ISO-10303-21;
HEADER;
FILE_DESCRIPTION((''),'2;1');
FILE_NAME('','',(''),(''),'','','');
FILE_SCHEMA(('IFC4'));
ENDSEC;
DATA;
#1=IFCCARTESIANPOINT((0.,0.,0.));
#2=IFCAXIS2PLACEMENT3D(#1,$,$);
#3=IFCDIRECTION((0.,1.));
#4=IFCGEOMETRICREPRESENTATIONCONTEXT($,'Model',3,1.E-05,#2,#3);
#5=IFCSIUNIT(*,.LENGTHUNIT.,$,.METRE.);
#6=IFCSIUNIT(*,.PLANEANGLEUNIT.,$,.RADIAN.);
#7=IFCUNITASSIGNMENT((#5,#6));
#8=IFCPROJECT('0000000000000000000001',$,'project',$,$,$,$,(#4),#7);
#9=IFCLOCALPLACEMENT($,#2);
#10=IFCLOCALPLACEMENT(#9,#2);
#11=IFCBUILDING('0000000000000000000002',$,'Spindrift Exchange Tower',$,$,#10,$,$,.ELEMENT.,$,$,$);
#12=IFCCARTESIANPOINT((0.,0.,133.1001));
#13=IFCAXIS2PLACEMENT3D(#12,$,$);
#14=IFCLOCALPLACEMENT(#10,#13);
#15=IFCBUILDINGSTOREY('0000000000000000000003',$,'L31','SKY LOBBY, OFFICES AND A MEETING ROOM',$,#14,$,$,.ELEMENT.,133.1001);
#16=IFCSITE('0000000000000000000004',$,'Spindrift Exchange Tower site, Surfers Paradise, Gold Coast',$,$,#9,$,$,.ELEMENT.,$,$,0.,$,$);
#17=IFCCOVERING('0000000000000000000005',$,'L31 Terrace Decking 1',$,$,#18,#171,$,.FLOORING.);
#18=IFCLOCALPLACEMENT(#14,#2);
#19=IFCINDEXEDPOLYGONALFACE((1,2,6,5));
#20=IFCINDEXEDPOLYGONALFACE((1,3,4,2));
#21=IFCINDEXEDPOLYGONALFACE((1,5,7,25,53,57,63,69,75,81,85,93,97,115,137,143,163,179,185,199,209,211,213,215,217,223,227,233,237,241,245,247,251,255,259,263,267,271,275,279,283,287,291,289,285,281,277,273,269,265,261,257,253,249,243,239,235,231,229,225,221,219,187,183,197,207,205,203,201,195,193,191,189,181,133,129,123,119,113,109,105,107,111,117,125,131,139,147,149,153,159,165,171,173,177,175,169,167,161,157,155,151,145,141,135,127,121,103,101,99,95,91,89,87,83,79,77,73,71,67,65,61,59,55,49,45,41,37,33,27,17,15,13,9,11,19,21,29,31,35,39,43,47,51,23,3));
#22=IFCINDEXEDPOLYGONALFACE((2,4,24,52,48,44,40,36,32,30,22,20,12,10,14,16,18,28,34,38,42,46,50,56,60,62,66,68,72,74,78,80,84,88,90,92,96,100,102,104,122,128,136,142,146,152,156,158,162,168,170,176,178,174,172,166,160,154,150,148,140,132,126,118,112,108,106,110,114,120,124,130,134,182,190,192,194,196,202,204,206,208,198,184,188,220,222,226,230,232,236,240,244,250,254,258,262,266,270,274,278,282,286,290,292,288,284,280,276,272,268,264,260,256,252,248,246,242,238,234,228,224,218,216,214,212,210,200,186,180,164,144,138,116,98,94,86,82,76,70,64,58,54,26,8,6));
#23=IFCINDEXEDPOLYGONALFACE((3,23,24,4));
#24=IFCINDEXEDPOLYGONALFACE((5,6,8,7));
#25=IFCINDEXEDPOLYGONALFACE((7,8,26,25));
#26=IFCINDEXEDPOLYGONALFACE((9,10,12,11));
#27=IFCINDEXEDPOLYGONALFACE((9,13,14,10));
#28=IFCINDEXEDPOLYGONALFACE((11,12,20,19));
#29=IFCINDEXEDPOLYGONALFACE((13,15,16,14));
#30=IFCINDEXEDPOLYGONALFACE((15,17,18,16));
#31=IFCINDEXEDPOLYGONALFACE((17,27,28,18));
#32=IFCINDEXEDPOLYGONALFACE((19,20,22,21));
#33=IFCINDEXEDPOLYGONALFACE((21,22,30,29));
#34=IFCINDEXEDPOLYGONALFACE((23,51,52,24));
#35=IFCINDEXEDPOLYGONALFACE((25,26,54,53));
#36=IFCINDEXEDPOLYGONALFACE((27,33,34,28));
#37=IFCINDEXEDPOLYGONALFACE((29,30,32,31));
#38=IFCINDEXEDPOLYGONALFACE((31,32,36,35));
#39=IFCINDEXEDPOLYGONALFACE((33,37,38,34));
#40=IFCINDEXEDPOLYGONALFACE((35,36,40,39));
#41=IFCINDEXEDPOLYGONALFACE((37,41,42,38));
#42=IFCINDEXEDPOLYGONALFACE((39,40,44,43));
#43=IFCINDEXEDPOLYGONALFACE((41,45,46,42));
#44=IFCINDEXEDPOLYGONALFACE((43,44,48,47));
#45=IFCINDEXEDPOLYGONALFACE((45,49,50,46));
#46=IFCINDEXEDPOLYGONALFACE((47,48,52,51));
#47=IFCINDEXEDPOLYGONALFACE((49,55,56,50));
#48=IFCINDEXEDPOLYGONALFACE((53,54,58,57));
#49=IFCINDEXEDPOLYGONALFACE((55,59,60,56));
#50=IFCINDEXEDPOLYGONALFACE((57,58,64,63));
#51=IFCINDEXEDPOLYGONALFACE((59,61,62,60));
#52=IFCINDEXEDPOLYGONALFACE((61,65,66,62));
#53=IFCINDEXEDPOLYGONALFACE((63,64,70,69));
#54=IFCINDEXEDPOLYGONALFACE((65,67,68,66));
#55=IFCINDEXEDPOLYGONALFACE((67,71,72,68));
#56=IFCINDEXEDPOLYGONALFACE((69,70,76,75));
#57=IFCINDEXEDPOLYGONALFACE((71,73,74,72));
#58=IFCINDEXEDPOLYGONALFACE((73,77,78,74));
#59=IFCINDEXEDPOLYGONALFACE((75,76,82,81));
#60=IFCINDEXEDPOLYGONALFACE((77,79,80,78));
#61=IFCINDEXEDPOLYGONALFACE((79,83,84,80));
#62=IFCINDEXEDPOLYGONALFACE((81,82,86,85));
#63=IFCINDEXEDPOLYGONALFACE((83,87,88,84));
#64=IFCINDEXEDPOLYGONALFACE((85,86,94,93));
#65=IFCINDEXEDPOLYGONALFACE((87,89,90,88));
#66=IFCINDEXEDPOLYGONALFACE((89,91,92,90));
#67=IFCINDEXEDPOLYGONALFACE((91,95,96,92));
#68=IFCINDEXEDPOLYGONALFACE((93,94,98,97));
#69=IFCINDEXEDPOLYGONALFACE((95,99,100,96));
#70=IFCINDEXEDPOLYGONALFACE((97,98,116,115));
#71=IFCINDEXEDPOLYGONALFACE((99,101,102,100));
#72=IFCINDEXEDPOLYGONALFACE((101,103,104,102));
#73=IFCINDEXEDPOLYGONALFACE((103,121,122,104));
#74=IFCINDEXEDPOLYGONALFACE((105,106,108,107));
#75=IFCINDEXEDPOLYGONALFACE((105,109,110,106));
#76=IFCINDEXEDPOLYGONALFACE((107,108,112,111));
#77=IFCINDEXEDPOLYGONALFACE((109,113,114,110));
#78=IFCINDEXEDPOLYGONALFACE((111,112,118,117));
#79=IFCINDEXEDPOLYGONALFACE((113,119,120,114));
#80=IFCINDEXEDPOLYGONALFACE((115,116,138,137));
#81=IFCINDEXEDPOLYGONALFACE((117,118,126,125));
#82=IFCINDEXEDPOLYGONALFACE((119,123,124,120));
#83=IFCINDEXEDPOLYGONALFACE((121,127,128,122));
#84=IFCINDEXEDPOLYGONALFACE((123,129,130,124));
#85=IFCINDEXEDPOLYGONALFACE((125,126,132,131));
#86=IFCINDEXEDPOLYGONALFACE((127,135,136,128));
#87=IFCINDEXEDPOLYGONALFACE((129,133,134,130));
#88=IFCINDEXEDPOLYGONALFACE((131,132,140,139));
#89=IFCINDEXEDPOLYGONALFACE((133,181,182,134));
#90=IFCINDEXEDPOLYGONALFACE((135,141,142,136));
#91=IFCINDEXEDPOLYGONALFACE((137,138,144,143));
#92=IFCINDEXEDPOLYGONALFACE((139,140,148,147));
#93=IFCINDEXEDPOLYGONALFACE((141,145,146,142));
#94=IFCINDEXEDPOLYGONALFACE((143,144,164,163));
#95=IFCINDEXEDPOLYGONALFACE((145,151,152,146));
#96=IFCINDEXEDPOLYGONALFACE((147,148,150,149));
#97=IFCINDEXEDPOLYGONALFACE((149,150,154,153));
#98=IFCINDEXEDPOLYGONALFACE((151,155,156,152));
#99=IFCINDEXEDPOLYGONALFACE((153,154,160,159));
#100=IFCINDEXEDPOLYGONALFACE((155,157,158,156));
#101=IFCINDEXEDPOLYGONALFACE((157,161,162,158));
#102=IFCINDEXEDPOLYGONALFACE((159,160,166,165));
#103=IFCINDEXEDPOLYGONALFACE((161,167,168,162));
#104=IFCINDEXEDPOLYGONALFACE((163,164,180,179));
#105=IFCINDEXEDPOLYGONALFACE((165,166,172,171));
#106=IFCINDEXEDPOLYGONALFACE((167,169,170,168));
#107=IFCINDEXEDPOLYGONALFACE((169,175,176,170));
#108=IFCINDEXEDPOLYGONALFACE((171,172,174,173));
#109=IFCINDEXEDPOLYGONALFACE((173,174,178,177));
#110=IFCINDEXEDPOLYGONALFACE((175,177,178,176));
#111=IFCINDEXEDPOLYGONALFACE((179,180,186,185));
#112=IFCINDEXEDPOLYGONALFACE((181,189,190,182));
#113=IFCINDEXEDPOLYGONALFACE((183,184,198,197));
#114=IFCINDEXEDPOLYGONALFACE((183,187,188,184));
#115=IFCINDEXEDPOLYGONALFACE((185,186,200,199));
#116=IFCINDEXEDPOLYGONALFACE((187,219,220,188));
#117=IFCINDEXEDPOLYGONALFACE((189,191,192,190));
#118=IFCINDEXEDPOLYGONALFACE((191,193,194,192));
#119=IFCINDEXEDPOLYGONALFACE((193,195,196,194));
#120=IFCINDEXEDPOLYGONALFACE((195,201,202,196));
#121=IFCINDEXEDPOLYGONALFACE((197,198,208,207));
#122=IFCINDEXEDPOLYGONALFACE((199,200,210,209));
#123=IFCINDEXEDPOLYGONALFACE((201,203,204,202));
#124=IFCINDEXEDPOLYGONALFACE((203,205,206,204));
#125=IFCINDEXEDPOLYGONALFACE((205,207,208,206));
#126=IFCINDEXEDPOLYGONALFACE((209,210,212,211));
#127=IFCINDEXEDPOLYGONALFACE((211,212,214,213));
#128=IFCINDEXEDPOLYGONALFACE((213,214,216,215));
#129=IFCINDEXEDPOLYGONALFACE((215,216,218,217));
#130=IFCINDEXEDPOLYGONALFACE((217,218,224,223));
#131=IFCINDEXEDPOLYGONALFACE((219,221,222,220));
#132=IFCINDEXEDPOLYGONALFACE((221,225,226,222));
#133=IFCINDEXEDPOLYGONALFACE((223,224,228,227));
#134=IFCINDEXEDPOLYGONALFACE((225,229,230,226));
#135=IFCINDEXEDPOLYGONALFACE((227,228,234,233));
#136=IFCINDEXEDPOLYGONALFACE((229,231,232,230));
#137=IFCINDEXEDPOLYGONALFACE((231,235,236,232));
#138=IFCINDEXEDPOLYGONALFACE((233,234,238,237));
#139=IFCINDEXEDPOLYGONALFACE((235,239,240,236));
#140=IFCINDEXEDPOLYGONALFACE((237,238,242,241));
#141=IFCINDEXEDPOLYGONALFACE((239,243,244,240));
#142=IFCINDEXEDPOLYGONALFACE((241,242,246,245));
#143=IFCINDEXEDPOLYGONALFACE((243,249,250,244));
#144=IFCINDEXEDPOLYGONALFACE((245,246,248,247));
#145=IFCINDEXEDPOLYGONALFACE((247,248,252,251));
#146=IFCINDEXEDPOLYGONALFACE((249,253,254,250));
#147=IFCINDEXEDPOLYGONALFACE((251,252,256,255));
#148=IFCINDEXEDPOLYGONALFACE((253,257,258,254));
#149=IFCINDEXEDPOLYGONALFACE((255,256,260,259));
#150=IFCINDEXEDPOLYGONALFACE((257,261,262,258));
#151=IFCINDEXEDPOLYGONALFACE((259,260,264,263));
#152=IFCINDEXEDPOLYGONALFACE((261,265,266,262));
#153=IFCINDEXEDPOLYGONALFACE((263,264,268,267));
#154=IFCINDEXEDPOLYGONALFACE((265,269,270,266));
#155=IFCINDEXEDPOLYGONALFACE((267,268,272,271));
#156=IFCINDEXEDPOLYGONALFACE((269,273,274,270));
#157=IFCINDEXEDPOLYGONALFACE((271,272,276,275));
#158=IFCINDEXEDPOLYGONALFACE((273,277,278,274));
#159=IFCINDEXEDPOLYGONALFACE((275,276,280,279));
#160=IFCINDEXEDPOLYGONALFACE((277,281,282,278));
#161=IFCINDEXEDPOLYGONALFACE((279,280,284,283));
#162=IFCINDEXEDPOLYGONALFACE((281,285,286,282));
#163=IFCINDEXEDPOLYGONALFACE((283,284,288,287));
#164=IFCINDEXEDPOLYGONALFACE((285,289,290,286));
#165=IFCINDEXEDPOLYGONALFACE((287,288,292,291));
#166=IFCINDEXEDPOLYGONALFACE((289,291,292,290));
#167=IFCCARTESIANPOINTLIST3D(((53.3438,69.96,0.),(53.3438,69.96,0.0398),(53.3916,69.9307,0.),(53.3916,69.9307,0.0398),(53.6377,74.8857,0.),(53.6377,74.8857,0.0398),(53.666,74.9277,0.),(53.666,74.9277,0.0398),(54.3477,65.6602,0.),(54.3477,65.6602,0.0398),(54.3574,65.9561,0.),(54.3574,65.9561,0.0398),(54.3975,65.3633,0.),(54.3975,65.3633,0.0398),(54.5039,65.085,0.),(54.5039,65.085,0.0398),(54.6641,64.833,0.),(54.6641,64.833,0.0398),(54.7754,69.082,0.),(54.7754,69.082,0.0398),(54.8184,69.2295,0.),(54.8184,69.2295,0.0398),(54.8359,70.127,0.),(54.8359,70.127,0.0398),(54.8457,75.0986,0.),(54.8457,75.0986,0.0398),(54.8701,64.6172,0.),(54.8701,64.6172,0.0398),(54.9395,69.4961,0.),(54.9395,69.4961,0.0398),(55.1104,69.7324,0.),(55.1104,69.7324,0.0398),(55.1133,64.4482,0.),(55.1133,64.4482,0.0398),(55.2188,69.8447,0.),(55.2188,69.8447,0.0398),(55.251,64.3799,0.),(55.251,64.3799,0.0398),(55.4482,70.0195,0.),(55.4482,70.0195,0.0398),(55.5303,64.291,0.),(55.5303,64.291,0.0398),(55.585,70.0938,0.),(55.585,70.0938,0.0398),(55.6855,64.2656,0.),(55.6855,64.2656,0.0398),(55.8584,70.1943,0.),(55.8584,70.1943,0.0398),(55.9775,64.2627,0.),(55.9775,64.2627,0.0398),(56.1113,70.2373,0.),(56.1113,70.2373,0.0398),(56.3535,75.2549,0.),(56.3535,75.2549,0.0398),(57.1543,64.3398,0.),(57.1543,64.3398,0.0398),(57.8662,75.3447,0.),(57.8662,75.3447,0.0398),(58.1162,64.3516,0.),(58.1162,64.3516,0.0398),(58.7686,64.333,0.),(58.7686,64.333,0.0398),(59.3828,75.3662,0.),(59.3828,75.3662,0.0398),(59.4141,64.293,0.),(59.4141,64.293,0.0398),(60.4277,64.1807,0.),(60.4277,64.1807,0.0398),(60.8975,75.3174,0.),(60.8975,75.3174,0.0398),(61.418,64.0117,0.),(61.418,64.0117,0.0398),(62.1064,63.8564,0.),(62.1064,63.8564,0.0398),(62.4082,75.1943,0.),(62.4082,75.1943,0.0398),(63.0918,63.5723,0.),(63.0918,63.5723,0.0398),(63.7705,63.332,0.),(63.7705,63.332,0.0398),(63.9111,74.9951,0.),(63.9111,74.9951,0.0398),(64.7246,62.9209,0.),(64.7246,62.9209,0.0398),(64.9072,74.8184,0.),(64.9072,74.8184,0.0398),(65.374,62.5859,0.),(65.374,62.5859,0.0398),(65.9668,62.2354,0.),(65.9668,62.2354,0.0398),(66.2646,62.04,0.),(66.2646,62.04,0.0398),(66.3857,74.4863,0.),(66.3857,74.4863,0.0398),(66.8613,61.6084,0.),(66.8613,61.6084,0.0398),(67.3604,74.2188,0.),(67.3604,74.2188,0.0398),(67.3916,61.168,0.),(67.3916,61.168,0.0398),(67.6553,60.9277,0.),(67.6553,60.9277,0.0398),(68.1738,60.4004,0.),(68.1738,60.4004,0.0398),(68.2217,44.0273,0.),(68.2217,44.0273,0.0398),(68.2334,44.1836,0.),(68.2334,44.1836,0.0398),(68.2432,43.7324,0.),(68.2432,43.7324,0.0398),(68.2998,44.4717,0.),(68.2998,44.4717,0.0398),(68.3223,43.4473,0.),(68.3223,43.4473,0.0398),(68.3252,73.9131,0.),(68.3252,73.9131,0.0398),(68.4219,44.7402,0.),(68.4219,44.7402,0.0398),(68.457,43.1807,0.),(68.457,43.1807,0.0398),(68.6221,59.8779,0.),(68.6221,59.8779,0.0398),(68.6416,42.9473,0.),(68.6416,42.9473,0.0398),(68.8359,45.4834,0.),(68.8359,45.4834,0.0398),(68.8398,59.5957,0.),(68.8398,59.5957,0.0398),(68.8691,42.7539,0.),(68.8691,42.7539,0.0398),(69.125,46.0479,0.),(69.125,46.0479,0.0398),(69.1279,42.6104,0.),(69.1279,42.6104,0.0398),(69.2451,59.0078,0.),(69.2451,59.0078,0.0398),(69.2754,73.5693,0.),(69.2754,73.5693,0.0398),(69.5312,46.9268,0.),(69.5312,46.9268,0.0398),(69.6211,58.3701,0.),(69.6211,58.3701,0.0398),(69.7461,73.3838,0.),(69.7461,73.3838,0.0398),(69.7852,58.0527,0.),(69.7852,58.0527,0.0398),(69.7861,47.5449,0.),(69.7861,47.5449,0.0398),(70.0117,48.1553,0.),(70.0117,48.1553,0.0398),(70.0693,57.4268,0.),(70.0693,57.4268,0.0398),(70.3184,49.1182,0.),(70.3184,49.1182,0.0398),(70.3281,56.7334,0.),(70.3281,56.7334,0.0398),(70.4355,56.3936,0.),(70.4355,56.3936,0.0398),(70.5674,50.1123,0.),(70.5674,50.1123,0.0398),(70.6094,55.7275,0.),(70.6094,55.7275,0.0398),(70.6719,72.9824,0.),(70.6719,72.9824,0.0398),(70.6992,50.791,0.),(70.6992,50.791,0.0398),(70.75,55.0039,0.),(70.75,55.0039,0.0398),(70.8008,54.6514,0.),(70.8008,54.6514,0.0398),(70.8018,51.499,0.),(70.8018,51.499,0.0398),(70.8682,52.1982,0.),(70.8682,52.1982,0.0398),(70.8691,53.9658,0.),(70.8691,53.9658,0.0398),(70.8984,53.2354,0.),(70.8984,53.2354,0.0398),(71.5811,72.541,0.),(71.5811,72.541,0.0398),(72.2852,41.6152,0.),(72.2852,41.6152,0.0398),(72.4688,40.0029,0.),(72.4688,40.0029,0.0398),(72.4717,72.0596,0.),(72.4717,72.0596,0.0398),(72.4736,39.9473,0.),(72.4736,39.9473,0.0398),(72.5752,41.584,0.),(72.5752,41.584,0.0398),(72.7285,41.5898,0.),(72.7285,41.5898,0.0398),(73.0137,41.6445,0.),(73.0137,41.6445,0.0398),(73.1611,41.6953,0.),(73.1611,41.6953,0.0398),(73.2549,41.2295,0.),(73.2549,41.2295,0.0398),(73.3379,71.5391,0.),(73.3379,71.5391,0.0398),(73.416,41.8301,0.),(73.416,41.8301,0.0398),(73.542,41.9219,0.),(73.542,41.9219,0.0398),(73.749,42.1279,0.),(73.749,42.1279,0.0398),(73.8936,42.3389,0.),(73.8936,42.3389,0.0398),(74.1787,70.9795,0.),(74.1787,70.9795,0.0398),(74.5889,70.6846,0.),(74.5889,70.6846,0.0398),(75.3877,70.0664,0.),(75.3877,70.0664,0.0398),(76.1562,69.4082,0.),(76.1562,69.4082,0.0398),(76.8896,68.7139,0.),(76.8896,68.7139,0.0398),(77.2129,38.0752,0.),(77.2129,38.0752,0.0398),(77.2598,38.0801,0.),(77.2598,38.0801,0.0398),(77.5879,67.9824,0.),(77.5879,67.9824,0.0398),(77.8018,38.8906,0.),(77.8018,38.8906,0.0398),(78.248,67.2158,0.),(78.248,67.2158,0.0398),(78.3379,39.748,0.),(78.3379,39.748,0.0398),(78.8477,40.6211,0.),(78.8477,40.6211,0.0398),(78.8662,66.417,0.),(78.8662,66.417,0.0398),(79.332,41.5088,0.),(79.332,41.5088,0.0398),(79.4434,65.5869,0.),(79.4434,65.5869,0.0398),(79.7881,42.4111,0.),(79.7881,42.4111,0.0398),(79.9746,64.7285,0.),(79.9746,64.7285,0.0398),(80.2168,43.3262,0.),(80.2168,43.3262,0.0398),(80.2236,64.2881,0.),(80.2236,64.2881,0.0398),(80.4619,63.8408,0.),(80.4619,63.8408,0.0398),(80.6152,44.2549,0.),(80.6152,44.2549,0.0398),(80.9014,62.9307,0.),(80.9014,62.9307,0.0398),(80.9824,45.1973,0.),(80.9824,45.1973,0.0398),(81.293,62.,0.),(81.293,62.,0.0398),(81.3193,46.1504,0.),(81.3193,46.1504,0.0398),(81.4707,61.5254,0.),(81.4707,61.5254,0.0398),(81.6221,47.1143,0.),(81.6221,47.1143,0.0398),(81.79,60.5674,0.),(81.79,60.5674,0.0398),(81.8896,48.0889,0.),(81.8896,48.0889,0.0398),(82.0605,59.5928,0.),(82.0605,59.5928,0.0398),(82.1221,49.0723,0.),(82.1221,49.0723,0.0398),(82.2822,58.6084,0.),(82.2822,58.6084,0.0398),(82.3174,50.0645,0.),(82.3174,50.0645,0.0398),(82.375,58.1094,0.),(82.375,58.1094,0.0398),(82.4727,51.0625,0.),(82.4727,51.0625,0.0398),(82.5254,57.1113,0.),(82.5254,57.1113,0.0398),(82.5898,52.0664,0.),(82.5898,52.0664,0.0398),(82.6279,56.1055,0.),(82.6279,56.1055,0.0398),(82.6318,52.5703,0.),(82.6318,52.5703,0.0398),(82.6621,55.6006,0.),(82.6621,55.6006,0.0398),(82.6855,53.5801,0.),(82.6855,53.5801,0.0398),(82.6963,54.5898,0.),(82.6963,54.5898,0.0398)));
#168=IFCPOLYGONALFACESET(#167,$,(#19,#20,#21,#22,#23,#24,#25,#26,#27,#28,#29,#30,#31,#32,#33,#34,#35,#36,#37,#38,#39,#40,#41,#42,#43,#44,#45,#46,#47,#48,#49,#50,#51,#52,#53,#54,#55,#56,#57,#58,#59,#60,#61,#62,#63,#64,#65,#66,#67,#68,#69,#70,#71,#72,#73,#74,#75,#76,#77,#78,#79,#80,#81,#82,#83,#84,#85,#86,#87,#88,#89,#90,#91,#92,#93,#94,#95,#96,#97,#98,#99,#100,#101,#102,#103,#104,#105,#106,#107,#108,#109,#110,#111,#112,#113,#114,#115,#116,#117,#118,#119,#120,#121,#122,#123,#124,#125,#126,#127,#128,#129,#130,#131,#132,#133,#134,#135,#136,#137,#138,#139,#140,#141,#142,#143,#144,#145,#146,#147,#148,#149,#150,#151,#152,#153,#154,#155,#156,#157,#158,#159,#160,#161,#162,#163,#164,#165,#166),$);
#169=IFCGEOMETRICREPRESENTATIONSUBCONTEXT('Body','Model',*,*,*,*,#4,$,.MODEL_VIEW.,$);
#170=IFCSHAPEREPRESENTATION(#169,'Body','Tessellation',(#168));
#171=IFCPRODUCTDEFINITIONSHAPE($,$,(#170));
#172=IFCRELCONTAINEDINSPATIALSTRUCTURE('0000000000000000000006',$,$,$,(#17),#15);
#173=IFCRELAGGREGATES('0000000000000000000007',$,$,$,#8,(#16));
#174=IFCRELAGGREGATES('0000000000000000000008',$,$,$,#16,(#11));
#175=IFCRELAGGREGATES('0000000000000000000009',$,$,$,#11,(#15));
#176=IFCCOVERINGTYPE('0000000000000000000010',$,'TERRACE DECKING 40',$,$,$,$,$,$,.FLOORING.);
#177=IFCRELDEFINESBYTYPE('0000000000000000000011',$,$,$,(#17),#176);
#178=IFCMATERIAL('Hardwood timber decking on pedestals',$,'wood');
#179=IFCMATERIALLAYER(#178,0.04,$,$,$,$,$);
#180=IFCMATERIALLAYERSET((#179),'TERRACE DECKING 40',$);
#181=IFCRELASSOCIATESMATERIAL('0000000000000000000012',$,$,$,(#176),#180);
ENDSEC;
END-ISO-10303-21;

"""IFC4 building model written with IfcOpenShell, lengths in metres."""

from ifc_helpers import new_model, si_unit, direction, frame, origin, place, context, subcontext, project, spatial, line, indexed_curve, outline, extrude, material, layer, layer_set, type_object, element, save


model = new_model("IFC4")

# Units and contexts
model_context = context("Model", 3, precision=1e-05, world=origin(), true_north=direction((0.0, 1.0)))
body_context = subcontext(model_context, "Body", "Model", "MODEL_VIEW")
ifc_project = project(units=[si_unit("LENGTHUNIT", "METRE"), si_unit("PLANEANGLEUNIT", "RADIAN")], contexts=[model_context])

# Site, building, storey
site_placement = place(None, origin())
site = spatial("IfcSite", under=ifc_project, at=site_placement, Name="Spindrift Exchange Tower site, Surfers Paradise, Gold Coast", CompositionType="ELEMENT", RefElevation=0.0)
building_placement = place(site_placement, origin())
building = spatial("IfcBuilding", under=site, at=building_placement, Name="Spindrift Exchange Tower", CompositionType="ELEMENT")
storey_placement = place(building_placement, frame((0.0, 0.0, 133.1001)))
storey = spatial("IfcBuildingStorey", under=building, at=storey_placement, Name="L31", Description="SKY LOBBY, OFFICES AND A MEETING ROOM", CompositionType="ELEMENT", Elevation=133.1001)

# Covering
ifc_material_1 = material(Name="Hardwood timber decking on pedestals", Category="wood")
ifc_layer_1 = layer(ifc_material_1, 0.04)
ifc_layer_set_1 = layer_set([ifc_layer_1], Name="TERRACE DECKING 40")
covering_type_1 = type_object("IfcCoveringType", Name="TERRACE DECKING 40", PredefinedType="FLOORING", material=ifc_layer_set_1)
covering_1_placement = place(storey_placement, origin())
element("IfcCovering", 1, at=covering_1_placement, inside=storey, type_object=covering_type_1, Name="L31 Terrace Decking 1", PredefinedType="FLOORING", context=body_context, shape_type="SweptSolid", body=[
    extrude(outline(indexed_curve([(56.1113, 70.2373), (54.8359, 70.127), (53.3916, 69.9307), (53.3438, 69.96), (53.6377, 74.8857), (53.666, 74.9277), (54.8457, 75.0986), (56.3535, 75.2549), (57.8662, 75.3447), (59.3828, 75.3662), (60.8975, 75.3174), (62.4082, 75.1943), (63.9111, 74.9951), (64.9072, 74.8184), (66.3857, 74.4863), (67.3604, 74.2188), (68.3252, 73.9131), (69.2754, 73.5693), (69.7461, 73.3838), (70.6719, 72.9824), (71.5811, 72.541), (72.4717, 72.0596), (73.3379, 71.5391), (74.1787, 70.9795), (74.5889, 70.6846), (75.3877, 70.0664), (76.1562, 69.4082), (76.8896, 68.7139), (77.5879, 67.9824), (78.248, 67.2158), (78.8662, 66.417), (79.4434, 65.5869), (79.9746, 64.7285), (80.2236, 64.2881), (80.4619, 63.8408), (80.9014, 62.9307), (81.293, 62.0), (81.4707, 61.5254), (81.79, 60.5674), (82.0605, 59.5928), (82.2822, 58.6084), (82.375, 58.1094), (82.5254, 57.1113), (82.6279, 56.1055), (82.6621, 55.6006), (82.6963, 54.5898), (82.6855, 53.5801), (82.6318, 52.5703), (82.5898, 52.0664), (82.4727, 51.0625), (82.3174, 50.0645), (82.1221, 49.0723), (81.8896, 48.0889), (81.6221, 47.1143), (81.3193, 46.1504), (80.9824, 45.1973), (80.6152, 44.2549), (80.2168, 43.3262), (79.7881, 42.4111), (79.332, 41.5088), (78.8477, 40.6211), (78.3379, 39.748), (77.8018, 38.8906), (77.2598, 38.0801), (77.2129, 38.0752), (72.4736, 39.9473), (72.4688, 40.0029), (73.2549, 41.2295), (73.8936, 42.3389), (73.749, 42.1279), (73.542, 41.9219), (73.416, 41.8301), (73.1611, 41.6953), (73.0137, 41.6445), (72.7285, 41.5898), (72.5752, 41.584), (72.2852, 41.6152), (69.1279, 42.6104), (68.8691, 42.7539), (68.6416, 42.9473), (68.457, 43.1807), (68.3223, 43.4473), (68.2432, 43.7324), (68.2217, 44.0273), (68.2334, 44.1836), (68.2998, 44.4717), (68.4219, 44.7402), (68.8359, 45.4834), (69.125, 46.0479), (69.5312, 46.9268), (69.7861, 47.5449), (70.0117, 48.1553), (70.3184, 49.1182), (70.5674, 50.1123), (70.6992, 50.791), (70.8018, 51.499), (70.8682, 52.1982), (70.8984, 53.2354), (70.8691, 53.9658), (70.8008, 54.6514), (70.75, 55.0039), (70.6094, 55.7275), (70.4355, 56.3936), (70.3281, 56.7334), (70.0693, 57.4268), (69.7852, 58.0527), (69.6211, 58.3701), (69.2451, 59.0078), (68.8398, 59.5957), (68.6221, 59.8779), (68.1738, 60.4004), (67.6553, 60.9277), (67.3916, 61.168), (66.8613, 61.6084), (66.2646, 62.04), (65.9668, 62.2354), (65.374, 62.5859), (64.7246, 62.9209), (63.7705, 63.332), (63.0918, 63.5723), (62.1064, 63.8564), (61.418, 64.0117), (60.4277, 64.1807), (59.4141, 64.293), (58.7686, 64.333), (58.1162, 64.3516), (57.1543, 64.3398), (55.9775, 64.2627), (55.6855, 64.2656), (55.5303, 64.291), (55.251, 64.3799), (55.1133, 64.4482), (54.8701, 64.6172), (54.6641, 64.833), (54.5039, 65.085), (54.3975, 65.3633), (54.3477, 65.6602), (54.3574, 65.9561), (54.7754, 69.082), (54.8184, 69.2295), (54.9395, 69.4961), (55.1104, 69.7324), (55.2188, 69.8447), (55.4482, 70.0195), (55.585, 70.0938), (55.8584, 70.1943)], segments=[line(1, 2, 3, 4, 5, 6, 7, 8, 9, 10, 11, 12, 13, 14, 15, 16, 17, 18, 19, 20, 21, 22, 23, 24, 25, 26, 27, 28, 29, 30, 31, 32, 33, 34, 35, 36, 37, 38, 39, 40, 41, 42, 43, 44, 45, 46, 47, 48, 49, 50, 51, 52, 53, 54, 55, 56, 57, 58, 59, 60, 61, 62, 63, 64, 65, 66, 67, 68, 69, 70, 71, 72, 73, 74, 75, 76, 77, 78, 79, 80, 81, 82, 83, 84, 85, 86, 87, 88, 89, 90, 91, 92, 93, 94, 95, 96, 97, 98, 99, 100, 101, 102, 103, 104, 105, 106, 107, 108, 109, 110, 111, 112, 113, 114, 115, 116, 117, 118, 119, 120, 121, 122, 123, 124, 125, 126, 127, 128, 129, 130, 131, 132, 133, 134, 135, 136, 137, 138, 139, 140, 141, 142, 143, 144, 145, 146, 1)], self_intersect=False)), origin(), (0.0, 0.0, 1.0), 0.0398),
])

save(model, "model.ifc")
